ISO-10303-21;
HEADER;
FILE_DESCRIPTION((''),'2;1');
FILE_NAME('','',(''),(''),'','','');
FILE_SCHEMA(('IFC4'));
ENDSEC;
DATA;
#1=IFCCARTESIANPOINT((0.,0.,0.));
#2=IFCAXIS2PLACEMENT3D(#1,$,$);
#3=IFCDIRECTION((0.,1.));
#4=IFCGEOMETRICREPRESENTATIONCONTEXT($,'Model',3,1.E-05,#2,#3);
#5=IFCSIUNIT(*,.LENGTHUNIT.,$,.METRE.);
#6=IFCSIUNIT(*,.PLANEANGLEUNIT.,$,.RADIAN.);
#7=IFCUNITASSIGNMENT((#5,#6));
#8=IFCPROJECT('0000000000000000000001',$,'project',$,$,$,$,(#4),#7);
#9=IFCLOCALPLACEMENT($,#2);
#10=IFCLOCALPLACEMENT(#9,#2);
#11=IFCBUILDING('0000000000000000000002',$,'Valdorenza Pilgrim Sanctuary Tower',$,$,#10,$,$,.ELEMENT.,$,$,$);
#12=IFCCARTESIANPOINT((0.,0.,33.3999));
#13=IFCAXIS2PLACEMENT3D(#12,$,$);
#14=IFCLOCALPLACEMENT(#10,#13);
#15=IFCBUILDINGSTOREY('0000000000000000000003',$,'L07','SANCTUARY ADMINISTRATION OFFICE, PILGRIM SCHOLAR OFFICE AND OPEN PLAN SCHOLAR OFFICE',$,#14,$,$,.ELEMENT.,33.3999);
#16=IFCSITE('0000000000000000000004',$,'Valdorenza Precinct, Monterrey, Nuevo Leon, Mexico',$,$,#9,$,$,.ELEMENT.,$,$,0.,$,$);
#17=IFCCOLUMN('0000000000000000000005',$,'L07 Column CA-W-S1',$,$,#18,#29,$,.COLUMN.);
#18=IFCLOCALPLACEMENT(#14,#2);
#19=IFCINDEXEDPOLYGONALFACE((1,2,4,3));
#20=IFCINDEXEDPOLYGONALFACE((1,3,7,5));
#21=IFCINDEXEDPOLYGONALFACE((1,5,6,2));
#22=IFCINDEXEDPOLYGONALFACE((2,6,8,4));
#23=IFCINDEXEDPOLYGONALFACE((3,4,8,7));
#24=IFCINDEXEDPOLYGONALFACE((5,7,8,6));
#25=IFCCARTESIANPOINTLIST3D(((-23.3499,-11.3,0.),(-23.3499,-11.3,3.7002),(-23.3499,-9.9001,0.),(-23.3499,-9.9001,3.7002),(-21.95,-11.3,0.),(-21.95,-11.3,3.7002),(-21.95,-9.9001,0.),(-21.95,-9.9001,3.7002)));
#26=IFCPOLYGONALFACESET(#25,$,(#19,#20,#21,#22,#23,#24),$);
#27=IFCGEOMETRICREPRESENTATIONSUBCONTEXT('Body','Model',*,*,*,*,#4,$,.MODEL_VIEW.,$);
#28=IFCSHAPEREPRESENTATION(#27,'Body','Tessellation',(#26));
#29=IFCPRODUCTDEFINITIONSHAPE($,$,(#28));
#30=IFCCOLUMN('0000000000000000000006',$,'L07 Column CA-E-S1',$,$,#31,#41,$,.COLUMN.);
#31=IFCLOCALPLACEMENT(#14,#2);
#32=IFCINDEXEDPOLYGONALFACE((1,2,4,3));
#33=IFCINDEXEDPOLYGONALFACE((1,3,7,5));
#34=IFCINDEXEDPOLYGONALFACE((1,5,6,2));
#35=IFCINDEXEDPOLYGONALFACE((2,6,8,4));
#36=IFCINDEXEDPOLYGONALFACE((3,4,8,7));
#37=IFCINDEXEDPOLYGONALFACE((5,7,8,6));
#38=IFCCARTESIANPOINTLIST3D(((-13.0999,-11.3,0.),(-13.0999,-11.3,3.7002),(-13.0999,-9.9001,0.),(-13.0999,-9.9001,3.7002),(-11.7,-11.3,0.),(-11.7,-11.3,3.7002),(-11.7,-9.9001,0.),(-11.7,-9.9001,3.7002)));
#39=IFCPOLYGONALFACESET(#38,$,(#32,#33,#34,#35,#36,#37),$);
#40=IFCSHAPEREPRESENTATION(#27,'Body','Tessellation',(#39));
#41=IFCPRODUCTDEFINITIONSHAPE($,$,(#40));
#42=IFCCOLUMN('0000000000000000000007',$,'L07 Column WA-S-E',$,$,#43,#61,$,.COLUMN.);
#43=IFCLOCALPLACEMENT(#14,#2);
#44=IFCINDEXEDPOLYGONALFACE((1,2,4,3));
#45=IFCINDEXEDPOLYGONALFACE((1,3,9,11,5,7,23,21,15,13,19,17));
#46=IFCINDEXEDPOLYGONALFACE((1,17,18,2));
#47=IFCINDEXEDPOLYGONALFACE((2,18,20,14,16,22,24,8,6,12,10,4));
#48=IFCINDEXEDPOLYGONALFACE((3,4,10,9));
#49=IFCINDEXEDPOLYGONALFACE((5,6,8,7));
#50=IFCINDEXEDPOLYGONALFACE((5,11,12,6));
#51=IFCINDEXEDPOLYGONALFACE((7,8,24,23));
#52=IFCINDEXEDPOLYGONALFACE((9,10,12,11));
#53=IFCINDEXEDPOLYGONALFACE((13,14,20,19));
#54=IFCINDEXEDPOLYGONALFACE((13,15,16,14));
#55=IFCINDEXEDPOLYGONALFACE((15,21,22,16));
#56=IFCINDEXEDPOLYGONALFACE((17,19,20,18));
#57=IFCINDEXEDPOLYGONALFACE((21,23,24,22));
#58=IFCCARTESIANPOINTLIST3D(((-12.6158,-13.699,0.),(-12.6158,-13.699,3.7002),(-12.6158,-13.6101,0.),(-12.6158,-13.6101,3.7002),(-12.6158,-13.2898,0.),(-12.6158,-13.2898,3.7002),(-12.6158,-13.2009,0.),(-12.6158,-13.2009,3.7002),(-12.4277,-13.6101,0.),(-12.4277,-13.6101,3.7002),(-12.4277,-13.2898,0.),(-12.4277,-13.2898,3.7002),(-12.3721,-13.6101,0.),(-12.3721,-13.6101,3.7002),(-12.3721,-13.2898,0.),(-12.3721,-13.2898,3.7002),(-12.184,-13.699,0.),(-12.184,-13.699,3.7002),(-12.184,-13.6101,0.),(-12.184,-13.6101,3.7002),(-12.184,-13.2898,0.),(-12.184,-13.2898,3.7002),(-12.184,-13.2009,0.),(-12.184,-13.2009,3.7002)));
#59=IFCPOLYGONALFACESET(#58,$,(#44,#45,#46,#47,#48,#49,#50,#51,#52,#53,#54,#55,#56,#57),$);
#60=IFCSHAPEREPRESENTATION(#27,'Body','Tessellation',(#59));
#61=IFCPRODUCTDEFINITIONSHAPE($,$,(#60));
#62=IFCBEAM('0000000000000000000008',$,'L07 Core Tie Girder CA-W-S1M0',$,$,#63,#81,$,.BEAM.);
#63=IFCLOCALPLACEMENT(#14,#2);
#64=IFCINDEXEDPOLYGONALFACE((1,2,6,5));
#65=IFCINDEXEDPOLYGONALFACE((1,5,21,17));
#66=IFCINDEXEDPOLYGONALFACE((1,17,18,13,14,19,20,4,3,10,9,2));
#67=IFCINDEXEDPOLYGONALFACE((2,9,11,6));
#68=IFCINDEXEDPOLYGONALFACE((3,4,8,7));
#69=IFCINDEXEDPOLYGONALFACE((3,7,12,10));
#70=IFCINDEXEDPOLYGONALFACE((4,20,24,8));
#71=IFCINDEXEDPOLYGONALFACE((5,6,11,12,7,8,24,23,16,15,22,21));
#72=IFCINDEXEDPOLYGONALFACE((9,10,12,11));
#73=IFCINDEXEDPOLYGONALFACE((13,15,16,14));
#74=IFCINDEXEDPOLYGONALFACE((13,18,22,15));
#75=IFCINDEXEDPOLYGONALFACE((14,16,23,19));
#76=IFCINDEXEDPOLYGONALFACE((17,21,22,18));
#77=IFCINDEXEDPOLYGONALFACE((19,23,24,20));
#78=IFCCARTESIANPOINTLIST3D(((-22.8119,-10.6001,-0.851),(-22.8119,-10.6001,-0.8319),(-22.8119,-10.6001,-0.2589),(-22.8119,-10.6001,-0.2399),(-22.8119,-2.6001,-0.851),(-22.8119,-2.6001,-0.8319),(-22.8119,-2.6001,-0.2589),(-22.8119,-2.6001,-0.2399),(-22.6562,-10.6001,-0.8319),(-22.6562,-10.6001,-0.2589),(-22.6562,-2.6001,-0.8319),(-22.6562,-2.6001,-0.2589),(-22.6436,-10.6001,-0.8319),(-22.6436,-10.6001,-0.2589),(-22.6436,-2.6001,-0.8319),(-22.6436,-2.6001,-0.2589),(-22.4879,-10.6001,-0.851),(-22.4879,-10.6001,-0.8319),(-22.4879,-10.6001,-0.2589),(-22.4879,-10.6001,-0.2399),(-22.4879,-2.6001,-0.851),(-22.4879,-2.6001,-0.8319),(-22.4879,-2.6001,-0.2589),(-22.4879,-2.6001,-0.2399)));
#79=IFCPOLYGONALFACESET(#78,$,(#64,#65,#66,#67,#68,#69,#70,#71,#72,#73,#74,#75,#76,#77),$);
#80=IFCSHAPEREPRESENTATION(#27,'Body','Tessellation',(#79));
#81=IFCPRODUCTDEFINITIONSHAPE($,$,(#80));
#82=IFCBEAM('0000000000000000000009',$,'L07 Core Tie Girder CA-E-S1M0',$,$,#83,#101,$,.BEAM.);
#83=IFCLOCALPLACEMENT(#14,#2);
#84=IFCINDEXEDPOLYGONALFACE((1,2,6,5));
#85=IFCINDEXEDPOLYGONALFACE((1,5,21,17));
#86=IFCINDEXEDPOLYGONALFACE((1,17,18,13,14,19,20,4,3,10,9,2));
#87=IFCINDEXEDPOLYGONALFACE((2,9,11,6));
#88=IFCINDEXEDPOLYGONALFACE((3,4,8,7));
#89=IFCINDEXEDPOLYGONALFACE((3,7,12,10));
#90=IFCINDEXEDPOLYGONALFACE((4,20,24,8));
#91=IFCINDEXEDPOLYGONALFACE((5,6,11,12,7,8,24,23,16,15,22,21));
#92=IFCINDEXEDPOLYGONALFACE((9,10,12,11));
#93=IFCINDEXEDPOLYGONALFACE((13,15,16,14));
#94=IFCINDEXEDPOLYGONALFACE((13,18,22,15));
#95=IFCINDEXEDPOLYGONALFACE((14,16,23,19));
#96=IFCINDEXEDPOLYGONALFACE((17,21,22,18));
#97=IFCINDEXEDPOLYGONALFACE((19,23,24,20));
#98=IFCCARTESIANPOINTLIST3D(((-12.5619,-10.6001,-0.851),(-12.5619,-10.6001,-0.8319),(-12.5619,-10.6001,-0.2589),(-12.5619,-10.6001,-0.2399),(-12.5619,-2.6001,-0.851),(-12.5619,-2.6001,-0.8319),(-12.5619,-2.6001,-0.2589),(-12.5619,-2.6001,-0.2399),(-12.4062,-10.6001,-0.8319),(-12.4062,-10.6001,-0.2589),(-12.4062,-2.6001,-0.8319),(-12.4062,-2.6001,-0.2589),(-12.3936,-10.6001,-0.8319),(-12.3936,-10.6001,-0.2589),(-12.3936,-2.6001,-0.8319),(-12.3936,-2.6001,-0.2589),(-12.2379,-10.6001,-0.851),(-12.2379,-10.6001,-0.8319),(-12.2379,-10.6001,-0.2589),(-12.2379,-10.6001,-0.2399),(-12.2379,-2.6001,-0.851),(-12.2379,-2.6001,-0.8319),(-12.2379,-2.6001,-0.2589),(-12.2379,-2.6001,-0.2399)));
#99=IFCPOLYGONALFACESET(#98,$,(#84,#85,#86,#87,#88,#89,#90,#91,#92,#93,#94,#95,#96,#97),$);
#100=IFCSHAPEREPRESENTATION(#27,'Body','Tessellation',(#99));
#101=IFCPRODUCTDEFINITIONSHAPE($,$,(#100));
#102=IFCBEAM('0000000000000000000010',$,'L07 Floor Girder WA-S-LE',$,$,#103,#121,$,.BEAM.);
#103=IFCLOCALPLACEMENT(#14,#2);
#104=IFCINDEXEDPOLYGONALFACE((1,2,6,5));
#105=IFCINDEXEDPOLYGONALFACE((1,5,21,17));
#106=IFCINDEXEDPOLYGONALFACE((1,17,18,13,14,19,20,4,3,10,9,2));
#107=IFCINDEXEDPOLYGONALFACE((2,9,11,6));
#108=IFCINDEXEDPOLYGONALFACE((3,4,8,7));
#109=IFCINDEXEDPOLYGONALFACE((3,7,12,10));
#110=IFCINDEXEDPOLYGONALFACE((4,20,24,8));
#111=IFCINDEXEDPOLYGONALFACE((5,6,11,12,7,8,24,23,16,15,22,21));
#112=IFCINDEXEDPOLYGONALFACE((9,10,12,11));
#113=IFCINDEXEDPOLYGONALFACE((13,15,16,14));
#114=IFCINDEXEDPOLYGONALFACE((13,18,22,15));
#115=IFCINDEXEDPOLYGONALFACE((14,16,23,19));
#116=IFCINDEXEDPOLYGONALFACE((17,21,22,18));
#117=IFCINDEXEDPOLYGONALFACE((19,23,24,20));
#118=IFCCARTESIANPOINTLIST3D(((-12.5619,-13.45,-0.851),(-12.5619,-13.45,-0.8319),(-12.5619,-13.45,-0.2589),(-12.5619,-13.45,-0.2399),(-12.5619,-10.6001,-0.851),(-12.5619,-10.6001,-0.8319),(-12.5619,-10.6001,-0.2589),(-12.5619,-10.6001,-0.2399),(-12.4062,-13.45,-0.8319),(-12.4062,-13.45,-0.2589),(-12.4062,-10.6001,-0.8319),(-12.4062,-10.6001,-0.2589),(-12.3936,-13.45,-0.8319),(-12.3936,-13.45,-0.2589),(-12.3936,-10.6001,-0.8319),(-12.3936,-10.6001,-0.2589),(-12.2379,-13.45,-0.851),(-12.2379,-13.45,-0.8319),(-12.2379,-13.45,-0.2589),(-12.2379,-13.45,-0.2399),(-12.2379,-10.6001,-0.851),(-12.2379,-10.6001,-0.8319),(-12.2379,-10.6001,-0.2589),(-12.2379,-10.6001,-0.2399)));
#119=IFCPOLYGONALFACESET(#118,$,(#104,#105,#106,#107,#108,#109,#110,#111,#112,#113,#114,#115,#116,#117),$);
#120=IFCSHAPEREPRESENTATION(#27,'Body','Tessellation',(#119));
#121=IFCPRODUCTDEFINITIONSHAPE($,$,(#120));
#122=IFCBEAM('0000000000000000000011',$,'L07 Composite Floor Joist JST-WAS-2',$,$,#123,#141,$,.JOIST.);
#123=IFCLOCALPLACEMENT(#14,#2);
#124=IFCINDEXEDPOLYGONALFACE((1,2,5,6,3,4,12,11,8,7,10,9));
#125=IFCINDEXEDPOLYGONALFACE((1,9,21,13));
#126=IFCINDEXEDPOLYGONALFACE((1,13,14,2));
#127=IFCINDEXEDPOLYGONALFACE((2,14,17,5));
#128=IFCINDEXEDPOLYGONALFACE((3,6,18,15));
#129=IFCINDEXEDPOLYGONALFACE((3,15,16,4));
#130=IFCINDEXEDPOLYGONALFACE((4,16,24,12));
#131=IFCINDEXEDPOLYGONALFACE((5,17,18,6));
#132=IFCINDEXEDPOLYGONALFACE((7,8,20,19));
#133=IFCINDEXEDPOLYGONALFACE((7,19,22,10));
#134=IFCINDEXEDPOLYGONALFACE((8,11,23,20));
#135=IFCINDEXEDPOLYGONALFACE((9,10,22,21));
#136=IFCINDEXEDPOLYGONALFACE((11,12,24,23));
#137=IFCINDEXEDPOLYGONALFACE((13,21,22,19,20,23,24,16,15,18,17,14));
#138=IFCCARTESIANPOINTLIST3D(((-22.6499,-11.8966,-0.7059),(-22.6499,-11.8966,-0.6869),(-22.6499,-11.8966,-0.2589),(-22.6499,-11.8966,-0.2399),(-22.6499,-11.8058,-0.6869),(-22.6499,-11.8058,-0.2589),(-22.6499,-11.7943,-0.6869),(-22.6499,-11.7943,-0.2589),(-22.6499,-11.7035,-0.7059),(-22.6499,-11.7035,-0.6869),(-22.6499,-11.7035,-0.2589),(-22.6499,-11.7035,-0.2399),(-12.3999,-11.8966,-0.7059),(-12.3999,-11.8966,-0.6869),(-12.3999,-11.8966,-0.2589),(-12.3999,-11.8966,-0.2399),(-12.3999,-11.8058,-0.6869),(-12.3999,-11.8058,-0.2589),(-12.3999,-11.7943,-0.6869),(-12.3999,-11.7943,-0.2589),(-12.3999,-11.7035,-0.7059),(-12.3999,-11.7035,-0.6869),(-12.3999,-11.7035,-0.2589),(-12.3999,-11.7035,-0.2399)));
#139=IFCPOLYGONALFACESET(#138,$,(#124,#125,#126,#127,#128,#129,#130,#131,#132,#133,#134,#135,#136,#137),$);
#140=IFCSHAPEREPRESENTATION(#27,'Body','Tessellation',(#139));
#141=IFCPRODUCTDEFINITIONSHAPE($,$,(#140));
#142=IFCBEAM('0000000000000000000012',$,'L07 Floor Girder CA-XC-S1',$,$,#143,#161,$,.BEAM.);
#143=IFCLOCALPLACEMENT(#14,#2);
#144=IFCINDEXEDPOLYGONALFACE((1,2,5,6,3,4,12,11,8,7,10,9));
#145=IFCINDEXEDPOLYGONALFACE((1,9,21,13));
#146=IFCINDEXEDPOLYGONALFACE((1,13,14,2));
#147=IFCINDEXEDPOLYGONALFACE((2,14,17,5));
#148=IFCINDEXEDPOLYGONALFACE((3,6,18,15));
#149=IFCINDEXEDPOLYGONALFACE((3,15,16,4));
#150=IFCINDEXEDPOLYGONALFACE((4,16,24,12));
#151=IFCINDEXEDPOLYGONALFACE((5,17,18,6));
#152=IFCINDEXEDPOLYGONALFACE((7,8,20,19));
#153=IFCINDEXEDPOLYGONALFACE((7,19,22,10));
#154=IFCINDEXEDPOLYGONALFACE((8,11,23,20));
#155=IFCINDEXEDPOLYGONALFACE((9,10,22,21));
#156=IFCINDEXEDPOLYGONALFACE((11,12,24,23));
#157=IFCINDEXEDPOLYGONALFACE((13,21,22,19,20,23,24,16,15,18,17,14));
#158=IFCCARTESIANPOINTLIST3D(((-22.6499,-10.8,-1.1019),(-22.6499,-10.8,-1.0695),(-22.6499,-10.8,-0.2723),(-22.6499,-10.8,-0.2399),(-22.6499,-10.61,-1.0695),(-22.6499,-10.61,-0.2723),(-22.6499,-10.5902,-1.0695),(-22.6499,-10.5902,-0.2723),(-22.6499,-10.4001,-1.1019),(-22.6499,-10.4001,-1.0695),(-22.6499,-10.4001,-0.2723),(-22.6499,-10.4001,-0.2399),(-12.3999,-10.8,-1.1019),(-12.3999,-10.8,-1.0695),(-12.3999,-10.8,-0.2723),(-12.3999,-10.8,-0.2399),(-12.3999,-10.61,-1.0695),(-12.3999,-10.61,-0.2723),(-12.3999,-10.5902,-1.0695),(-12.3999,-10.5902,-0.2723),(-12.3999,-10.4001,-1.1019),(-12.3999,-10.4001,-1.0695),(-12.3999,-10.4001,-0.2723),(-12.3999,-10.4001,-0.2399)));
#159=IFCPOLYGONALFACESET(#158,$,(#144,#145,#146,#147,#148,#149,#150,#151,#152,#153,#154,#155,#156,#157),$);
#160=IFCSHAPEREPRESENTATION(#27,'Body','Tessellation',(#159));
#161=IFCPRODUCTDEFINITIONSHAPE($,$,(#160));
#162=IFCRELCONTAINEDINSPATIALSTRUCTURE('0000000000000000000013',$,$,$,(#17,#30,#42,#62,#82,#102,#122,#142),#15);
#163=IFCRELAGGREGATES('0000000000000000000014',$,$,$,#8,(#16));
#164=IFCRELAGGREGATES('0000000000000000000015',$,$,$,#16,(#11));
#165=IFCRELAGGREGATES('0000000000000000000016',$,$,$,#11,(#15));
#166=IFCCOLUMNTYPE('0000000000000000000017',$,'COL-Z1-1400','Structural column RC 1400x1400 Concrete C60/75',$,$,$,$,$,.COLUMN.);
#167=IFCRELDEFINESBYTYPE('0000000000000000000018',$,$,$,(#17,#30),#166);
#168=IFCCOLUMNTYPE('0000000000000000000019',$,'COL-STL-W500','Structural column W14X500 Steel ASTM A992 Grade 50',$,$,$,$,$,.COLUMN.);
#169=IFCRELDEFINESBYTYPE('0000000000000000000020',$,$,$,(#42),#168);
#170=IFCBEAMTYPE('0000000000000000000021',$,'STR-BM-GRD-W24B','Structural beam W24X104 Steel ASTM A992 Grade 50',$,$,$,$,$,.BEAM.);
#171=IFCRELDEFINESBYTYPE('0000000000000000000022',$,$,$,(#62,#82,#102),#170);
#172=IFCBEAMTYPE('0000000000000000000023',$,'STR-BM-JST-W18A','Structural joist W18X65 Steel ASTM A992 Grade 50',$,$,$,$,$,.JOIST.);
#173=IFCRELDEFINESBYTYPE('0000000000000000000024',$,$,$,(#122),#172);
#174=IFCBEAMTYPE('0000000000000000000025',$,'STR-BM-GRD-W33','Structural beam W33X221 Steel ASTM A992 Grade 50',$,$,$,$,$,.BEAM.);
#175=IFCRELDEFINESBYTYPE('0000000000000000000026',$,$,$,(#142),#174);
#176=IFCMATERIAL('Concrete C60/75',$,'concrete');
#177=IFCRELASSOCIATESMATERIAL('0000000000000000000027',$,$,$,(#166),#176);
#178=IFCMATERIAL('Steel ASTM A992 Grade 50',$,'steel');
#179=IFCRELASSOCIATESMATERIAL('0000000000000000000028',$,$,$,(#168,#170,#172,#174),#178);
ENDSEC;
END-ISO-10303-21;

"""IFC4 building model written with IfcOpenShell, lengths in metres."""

from ifc_helpers import new_model, si_unit, direction, frame, origin, origin_2d, place, context, subcontext, project, spatial, rectangle, i_section, extrude, source, transform, mapped, material, material_profile, profile_set, type_object, element, save


model = new_model("IFC4")

# Units and contexts
model_context = context("Model", 3, precision=1e-05, world=origin(), true_north=direction((0.0, 1.0)))
body_context = subcontext(model_context, "Body", "Model", "MODEL_VIEW")
ifc_project = project(units=[si_unit("LENGTHUNIT", "METRE"), si_unit("PLANEANGLEUNIT", "RADIAN")], contexts=[model_context])

# Site, building, storey
site_placement = place(None, origin())
site = spatial("IfcSite", under=ifc_project, at=site_placement, Name="Valdorenza Precinct, Monterrey, Nuevo Leon, Mexico", CompositionType="ELEMENT", RefElevation=0.0)
building_placement = place(site_placement, origin())
building = spatial("IfcBuilding", under=site, at=building_placement, Name="Valdorenza Pilgrim Sanctuary Tower", CompositionType="ELEMENT")
storey_placement = place(building_placement, frame((0.0, 0.0, 33.3999)))
storey = spatial("IfcBuildingStorey", under=building, at=storey_placement, Name="L07", Description="SANCTUARY ADMINISTRATION OFFICE, PILGRIM SCHOLAR OFFICE AND OPEN PLAN SCHOLAR OFFICE", CompositionType="ELEMENT", Elevation=33.3999)

# Columns
ifc_material_1 = material(Name="Concrete C60/75", Category="concrete")
ifc_material_profile_1 = material_profile(ifc_material_1, rectangle(XDim=1.3999, YDim=1.3999, at=origin_2d()), Name="RC 1400x1400")
ifc_profile_set_1 = profile_set([ifc_material_profile_1], Name="Concrete C60/75")
column_type_1 = type_object("IfcColumnType", Name="COL-Z1-1400", Description="Structural column RC 1400x1400 Concrete C60/75", PredefinedType="COLUMN", material=ifc_profile_set_1)
shared_shape_1 = source(origin(), body_context, "Body", "SweptSolid", [
    extrude(rectangle(XDim=1.3999, YDim=1.3999, at=origin_2d()), origin(), (0.0, 0.0, 1.0), 3.7002),
])
for number, where, z_axis, x_axis, name in (
    (1, (-22.6499, -10.6001, 0.0), (0.0, 0.0, 1.0), (1.0, 0.0, 0.0), "L07 Column CA-W-S1"),
    (2, (-12.3999, -10.6001, 0.0), (0.0, 0.0, 1.0), (1.0, 0.0, 0.0), "L07 Column CA-E-S1"),
):
    element("IfcColumn", number, at=place(storey_placement, frame(where, z_axis=z_axis, x_axis=x_axis)), inside=storey, type_object=column_type_1, Name=name, PredefinedType="COLUMN", context=body_context, shape_type="MappedRepresentation", body=[
        mapped(shared_shape_1, transform((0.0, 0.0, 0.0), x_axis=(1.0, 0.0, 0.0), y_axis=(0.0, 1.0, 0.0), z_axis=(0.0, 0.0, 1.0), scale=1.0)),
    ])
ifc_material_2 = material(Name="Steel ASTM A992 Grade 50", Category="steel")
ifc_material_profile_2 = material_profile(ifc_material_2, i_section(OverallWidth=0.4319, OverallDepth=0.498, WebThickness=0.0557, FlangeThickness=0.0889, at=origin_2d()), Name="W14X500")
ifc_profile_set_2 = profile_set([ifc_material_profile_2], Name="Steel ASTM A992 Grade 50")
column_type_2 = type_object("IfcColumnType", Name="COL-STL-W500", Description="Structural column W14X500 Steel ASTM A992 Grade 50", PredefinedType="COLUMN", material=ifc_profile_set_2)
shared_shape_2 = source(origin(), body_context, "Body", "SweptSolid", [
    extrude(i_section(OverallWidth=0.4319, OverallDepth=0.498, WebThickness=0.0557, FlangeThickness=0.0889, at=origin_2d()), origin(), (0.0, 0.0, 1.0), 3.7002),
])
column_placement = place(storey_placement, frame((-12.3999, -13.45, 0.0), z_axis=(0.0, 0.0, 1.0), x_axis=(1.0, 0.0, 0.0)))
element("IfcColumn", 3, at=column_placement, inside=storey, type_object=column_type_2, Name="L07 Column WA-S-E", PredefinedType="COLUMN", context=body_context, shape_type="MappedRepresentation", body=[
    mapped(shared_shape_2, transform((0.0, 0.0, 0.0), x_axis=(1.0, 0.0, 0.0), y_axis=(0.0, 1.0, 0.0), z_axis=(0.0, 0.0, 1.0), scale=1.0)),
])

# Beams
ifc_material_profile_3 = material_profile(ifc_material_2, i_section(OverallWidth=0.324, OverallDepth=0.6111, WebThickness=0.0127, FlangeThickness=0.019, at=origin_2d()), Name="W24X104")
ifc_profile_set_3 = profile_set([ifc_material_profile_3], Name="Steel ASTM A992 Grade 50")
beam_type_1 = type_object("IfcBeamType", Name="STR-BM-GRD-W24B", Description="Structural beam W24X104 Steel ASTM A992 Grade 50", PredefinedType="BEAM", material=ifc_profile_set_3)
shared_shape_3 = source(origin(), body_context, "Body", "SweptSolid", [
    extrude(i_section(OverallWidth=0.324, OverallDepth=0.6111, WebThickness=0.0127, FlangeThickness=0.019, at=origin_2d()), origin(), (0.0, 0.0, 1.0), 8.0),
])
for number, where, z_axis, x_axis, name in (
    (4, (-22.6499, -10.6001, -0.5454), (0.0, 1.0, 0.0), (-1.0, 0.0, 0.0), "L07 Core Tie Girder CA-W-S1M0"),
    (5, (-12.3999, -10.6001, -0.5454), (0.0, 1.0, 0.0), (-1.0, 0.0, 0.0), "L07 Core Tie Girder CA-E-S1M0"),
):
    element("IfcBeam", number, at=place(storey_placement, frame(where, z_axis=z_axis, x_axis=x_axis)), inside=storey, type_object=beam_type_1, Name=name, PredefinedType="BEAM", context=body_context, shape_type="MappedRepresentation", body=[
        mapped(shared_shape_3, transform((0.0, 0.0, 0.0), x_axis=(1.0, 0.0, 0.0), y_axis=(0.0, 1.0, 0.0), z_axis=(0.0, 0.0, 1.0), scale=1.0)),
    ])
shared_shape_4 = source(origin(), body_context, "Body", "SweptSolid", [
    extrude(i_section(OverallWidth=0.324, OverallDepth=0.6111, WebThickness=0.0127, FlangeThickness=0.019, at=origin_2d()), origin(), (0.0, 0.0, 1.0), 2.8499),
])
beam_1_placement = place(storey_placement, frame((-12.3999, -13.45, -0.5454), z_axis=(0.0, 1.0, 0.0), x_axis=(-1.0, 0.0, 0.0)))
element("IfcBeam", 6, at=beam_1_placement, inside=storey, type_object=beam_type_1, Name="L07 Floor Girder WA-S-LE", PredefinedType="BEAM", context=body_context, shape_type="MappedRepresentation", body=[
    mapped(shared_shape_4, transform((0.0, 0.0, 0.0), x_axis=(1.0, 0.0, 0.0), y_axis=(0.0, 1.0, 0.0), z_axis=(0.0, 0.0, 1.0), scale=1.0)),
])
ifc_material_profile_4 = material_profile(ifc_material_2, i_section(OverallWidth=0.1931, OverallDepth=0.4661, WebThickness=0.0115, FlangeThickness=0.019, at=origin_2d()), Name="W18X65")
ifc_profile_set_4 = profile_set([ifc_material_profile_4], Name="Steel ASTM A992 Grade 50")
beam_type_2 = type_object("IfcBeamType", Name="STR-BM-JST-W18A", Description="Structural joist W18X65 Steel ASTM A992 Grade 50", PredefinedType="JOIST", material=ifc_profile_set_4)
shared_shape_5 = source(origin(), body_context, "Body", "SweptSolid", [
    extrude(i_section(OverallWidth=0.1931, OverallDepth=0.4661, WebThickness=0.0115, FlangeThickness=0.019, at=origin_2d()), origin(), (0.0, 0.0, 1.0), 10.25),
])
beam_2_placement = place(storey_placement, frame((-22.6499, -11.8, -0.4729), z_axis=(1.0, 0.0, 0.0), x_axis=(0.0, 1.0, 0.0)))
element("IfcBeam", 7, at=beam_2_placement, inside=storey, type_object=beam_type_2, Name="L07 Composite Floor Joist JST-WAS-2", PredefinedType="JOIST", context=body_context, shape_type="MappedRepresentation", body=[
    mapped(shared_shape_5, transform((0.0, 0.0, 0.0), x_axis=(1.0, 0.0, 0.0), y_axis=(0.0, 1.0, 0.0), z_axis=(0.0, 0.0, 1.0), scale=1.0)),
])
ifc_material_profile_5 = material_profile(ifc_material_2, i_section(OverallWidth=0.3999, OverallDepth=0.8621, WebThickness=0.0198, FlangeThickness=0.0325, at=origin_2d()), Name="W33X221")
ifc_profile_set_5 = profile_set([ifc_material_profile_5], Name="Steel ASTM A992 Grade 50")
beam_type_3 = type_object("IfcBeamType", Name="STR-BM-GRD-W33", Description="Structural beam W33X221 Steel ASTM A992 Grade 50", PredefinedType="BEAM", material=ifc_profile_set_5)
shared_shape_6 = source(origin(), body_context, "Body", "SweptSolid", [
    extrude(i_section(OverallWidth=0.3999, OverallDepth=0.8621, WebThickness=0.0198, FlangeThickness=0.0325, at=origin_2d()), origin(), (0.0, 0.0, 1.0), 10.25),
])
beam_3_placement = place(storey_placement, frame((-22.6499, -10.6001, -0.6709), z_axis=(1.0, 0.0, 0.0), x_axis=(0.0, 1.0, 0.0)))
element("IfcBeam", 8, at=beam_3_placement, inside=storey, type_object=beam_type_3, Name="L07 Floor Girder CA-XC-S1", PredefinedType="BEAM", context=body_context, shape_type="MappedRepresentation", body=[
    mapped(shared_shape_6, transform((0.0, 0.0, 0.0), x_axis=(1.0, 0.0, 0.0), y_axis=(0.0, 1.0, 0.0), z_axis=(0.0, 0.0, 1.0), scale=1.0)),
])

save(model, "model.ifc")
